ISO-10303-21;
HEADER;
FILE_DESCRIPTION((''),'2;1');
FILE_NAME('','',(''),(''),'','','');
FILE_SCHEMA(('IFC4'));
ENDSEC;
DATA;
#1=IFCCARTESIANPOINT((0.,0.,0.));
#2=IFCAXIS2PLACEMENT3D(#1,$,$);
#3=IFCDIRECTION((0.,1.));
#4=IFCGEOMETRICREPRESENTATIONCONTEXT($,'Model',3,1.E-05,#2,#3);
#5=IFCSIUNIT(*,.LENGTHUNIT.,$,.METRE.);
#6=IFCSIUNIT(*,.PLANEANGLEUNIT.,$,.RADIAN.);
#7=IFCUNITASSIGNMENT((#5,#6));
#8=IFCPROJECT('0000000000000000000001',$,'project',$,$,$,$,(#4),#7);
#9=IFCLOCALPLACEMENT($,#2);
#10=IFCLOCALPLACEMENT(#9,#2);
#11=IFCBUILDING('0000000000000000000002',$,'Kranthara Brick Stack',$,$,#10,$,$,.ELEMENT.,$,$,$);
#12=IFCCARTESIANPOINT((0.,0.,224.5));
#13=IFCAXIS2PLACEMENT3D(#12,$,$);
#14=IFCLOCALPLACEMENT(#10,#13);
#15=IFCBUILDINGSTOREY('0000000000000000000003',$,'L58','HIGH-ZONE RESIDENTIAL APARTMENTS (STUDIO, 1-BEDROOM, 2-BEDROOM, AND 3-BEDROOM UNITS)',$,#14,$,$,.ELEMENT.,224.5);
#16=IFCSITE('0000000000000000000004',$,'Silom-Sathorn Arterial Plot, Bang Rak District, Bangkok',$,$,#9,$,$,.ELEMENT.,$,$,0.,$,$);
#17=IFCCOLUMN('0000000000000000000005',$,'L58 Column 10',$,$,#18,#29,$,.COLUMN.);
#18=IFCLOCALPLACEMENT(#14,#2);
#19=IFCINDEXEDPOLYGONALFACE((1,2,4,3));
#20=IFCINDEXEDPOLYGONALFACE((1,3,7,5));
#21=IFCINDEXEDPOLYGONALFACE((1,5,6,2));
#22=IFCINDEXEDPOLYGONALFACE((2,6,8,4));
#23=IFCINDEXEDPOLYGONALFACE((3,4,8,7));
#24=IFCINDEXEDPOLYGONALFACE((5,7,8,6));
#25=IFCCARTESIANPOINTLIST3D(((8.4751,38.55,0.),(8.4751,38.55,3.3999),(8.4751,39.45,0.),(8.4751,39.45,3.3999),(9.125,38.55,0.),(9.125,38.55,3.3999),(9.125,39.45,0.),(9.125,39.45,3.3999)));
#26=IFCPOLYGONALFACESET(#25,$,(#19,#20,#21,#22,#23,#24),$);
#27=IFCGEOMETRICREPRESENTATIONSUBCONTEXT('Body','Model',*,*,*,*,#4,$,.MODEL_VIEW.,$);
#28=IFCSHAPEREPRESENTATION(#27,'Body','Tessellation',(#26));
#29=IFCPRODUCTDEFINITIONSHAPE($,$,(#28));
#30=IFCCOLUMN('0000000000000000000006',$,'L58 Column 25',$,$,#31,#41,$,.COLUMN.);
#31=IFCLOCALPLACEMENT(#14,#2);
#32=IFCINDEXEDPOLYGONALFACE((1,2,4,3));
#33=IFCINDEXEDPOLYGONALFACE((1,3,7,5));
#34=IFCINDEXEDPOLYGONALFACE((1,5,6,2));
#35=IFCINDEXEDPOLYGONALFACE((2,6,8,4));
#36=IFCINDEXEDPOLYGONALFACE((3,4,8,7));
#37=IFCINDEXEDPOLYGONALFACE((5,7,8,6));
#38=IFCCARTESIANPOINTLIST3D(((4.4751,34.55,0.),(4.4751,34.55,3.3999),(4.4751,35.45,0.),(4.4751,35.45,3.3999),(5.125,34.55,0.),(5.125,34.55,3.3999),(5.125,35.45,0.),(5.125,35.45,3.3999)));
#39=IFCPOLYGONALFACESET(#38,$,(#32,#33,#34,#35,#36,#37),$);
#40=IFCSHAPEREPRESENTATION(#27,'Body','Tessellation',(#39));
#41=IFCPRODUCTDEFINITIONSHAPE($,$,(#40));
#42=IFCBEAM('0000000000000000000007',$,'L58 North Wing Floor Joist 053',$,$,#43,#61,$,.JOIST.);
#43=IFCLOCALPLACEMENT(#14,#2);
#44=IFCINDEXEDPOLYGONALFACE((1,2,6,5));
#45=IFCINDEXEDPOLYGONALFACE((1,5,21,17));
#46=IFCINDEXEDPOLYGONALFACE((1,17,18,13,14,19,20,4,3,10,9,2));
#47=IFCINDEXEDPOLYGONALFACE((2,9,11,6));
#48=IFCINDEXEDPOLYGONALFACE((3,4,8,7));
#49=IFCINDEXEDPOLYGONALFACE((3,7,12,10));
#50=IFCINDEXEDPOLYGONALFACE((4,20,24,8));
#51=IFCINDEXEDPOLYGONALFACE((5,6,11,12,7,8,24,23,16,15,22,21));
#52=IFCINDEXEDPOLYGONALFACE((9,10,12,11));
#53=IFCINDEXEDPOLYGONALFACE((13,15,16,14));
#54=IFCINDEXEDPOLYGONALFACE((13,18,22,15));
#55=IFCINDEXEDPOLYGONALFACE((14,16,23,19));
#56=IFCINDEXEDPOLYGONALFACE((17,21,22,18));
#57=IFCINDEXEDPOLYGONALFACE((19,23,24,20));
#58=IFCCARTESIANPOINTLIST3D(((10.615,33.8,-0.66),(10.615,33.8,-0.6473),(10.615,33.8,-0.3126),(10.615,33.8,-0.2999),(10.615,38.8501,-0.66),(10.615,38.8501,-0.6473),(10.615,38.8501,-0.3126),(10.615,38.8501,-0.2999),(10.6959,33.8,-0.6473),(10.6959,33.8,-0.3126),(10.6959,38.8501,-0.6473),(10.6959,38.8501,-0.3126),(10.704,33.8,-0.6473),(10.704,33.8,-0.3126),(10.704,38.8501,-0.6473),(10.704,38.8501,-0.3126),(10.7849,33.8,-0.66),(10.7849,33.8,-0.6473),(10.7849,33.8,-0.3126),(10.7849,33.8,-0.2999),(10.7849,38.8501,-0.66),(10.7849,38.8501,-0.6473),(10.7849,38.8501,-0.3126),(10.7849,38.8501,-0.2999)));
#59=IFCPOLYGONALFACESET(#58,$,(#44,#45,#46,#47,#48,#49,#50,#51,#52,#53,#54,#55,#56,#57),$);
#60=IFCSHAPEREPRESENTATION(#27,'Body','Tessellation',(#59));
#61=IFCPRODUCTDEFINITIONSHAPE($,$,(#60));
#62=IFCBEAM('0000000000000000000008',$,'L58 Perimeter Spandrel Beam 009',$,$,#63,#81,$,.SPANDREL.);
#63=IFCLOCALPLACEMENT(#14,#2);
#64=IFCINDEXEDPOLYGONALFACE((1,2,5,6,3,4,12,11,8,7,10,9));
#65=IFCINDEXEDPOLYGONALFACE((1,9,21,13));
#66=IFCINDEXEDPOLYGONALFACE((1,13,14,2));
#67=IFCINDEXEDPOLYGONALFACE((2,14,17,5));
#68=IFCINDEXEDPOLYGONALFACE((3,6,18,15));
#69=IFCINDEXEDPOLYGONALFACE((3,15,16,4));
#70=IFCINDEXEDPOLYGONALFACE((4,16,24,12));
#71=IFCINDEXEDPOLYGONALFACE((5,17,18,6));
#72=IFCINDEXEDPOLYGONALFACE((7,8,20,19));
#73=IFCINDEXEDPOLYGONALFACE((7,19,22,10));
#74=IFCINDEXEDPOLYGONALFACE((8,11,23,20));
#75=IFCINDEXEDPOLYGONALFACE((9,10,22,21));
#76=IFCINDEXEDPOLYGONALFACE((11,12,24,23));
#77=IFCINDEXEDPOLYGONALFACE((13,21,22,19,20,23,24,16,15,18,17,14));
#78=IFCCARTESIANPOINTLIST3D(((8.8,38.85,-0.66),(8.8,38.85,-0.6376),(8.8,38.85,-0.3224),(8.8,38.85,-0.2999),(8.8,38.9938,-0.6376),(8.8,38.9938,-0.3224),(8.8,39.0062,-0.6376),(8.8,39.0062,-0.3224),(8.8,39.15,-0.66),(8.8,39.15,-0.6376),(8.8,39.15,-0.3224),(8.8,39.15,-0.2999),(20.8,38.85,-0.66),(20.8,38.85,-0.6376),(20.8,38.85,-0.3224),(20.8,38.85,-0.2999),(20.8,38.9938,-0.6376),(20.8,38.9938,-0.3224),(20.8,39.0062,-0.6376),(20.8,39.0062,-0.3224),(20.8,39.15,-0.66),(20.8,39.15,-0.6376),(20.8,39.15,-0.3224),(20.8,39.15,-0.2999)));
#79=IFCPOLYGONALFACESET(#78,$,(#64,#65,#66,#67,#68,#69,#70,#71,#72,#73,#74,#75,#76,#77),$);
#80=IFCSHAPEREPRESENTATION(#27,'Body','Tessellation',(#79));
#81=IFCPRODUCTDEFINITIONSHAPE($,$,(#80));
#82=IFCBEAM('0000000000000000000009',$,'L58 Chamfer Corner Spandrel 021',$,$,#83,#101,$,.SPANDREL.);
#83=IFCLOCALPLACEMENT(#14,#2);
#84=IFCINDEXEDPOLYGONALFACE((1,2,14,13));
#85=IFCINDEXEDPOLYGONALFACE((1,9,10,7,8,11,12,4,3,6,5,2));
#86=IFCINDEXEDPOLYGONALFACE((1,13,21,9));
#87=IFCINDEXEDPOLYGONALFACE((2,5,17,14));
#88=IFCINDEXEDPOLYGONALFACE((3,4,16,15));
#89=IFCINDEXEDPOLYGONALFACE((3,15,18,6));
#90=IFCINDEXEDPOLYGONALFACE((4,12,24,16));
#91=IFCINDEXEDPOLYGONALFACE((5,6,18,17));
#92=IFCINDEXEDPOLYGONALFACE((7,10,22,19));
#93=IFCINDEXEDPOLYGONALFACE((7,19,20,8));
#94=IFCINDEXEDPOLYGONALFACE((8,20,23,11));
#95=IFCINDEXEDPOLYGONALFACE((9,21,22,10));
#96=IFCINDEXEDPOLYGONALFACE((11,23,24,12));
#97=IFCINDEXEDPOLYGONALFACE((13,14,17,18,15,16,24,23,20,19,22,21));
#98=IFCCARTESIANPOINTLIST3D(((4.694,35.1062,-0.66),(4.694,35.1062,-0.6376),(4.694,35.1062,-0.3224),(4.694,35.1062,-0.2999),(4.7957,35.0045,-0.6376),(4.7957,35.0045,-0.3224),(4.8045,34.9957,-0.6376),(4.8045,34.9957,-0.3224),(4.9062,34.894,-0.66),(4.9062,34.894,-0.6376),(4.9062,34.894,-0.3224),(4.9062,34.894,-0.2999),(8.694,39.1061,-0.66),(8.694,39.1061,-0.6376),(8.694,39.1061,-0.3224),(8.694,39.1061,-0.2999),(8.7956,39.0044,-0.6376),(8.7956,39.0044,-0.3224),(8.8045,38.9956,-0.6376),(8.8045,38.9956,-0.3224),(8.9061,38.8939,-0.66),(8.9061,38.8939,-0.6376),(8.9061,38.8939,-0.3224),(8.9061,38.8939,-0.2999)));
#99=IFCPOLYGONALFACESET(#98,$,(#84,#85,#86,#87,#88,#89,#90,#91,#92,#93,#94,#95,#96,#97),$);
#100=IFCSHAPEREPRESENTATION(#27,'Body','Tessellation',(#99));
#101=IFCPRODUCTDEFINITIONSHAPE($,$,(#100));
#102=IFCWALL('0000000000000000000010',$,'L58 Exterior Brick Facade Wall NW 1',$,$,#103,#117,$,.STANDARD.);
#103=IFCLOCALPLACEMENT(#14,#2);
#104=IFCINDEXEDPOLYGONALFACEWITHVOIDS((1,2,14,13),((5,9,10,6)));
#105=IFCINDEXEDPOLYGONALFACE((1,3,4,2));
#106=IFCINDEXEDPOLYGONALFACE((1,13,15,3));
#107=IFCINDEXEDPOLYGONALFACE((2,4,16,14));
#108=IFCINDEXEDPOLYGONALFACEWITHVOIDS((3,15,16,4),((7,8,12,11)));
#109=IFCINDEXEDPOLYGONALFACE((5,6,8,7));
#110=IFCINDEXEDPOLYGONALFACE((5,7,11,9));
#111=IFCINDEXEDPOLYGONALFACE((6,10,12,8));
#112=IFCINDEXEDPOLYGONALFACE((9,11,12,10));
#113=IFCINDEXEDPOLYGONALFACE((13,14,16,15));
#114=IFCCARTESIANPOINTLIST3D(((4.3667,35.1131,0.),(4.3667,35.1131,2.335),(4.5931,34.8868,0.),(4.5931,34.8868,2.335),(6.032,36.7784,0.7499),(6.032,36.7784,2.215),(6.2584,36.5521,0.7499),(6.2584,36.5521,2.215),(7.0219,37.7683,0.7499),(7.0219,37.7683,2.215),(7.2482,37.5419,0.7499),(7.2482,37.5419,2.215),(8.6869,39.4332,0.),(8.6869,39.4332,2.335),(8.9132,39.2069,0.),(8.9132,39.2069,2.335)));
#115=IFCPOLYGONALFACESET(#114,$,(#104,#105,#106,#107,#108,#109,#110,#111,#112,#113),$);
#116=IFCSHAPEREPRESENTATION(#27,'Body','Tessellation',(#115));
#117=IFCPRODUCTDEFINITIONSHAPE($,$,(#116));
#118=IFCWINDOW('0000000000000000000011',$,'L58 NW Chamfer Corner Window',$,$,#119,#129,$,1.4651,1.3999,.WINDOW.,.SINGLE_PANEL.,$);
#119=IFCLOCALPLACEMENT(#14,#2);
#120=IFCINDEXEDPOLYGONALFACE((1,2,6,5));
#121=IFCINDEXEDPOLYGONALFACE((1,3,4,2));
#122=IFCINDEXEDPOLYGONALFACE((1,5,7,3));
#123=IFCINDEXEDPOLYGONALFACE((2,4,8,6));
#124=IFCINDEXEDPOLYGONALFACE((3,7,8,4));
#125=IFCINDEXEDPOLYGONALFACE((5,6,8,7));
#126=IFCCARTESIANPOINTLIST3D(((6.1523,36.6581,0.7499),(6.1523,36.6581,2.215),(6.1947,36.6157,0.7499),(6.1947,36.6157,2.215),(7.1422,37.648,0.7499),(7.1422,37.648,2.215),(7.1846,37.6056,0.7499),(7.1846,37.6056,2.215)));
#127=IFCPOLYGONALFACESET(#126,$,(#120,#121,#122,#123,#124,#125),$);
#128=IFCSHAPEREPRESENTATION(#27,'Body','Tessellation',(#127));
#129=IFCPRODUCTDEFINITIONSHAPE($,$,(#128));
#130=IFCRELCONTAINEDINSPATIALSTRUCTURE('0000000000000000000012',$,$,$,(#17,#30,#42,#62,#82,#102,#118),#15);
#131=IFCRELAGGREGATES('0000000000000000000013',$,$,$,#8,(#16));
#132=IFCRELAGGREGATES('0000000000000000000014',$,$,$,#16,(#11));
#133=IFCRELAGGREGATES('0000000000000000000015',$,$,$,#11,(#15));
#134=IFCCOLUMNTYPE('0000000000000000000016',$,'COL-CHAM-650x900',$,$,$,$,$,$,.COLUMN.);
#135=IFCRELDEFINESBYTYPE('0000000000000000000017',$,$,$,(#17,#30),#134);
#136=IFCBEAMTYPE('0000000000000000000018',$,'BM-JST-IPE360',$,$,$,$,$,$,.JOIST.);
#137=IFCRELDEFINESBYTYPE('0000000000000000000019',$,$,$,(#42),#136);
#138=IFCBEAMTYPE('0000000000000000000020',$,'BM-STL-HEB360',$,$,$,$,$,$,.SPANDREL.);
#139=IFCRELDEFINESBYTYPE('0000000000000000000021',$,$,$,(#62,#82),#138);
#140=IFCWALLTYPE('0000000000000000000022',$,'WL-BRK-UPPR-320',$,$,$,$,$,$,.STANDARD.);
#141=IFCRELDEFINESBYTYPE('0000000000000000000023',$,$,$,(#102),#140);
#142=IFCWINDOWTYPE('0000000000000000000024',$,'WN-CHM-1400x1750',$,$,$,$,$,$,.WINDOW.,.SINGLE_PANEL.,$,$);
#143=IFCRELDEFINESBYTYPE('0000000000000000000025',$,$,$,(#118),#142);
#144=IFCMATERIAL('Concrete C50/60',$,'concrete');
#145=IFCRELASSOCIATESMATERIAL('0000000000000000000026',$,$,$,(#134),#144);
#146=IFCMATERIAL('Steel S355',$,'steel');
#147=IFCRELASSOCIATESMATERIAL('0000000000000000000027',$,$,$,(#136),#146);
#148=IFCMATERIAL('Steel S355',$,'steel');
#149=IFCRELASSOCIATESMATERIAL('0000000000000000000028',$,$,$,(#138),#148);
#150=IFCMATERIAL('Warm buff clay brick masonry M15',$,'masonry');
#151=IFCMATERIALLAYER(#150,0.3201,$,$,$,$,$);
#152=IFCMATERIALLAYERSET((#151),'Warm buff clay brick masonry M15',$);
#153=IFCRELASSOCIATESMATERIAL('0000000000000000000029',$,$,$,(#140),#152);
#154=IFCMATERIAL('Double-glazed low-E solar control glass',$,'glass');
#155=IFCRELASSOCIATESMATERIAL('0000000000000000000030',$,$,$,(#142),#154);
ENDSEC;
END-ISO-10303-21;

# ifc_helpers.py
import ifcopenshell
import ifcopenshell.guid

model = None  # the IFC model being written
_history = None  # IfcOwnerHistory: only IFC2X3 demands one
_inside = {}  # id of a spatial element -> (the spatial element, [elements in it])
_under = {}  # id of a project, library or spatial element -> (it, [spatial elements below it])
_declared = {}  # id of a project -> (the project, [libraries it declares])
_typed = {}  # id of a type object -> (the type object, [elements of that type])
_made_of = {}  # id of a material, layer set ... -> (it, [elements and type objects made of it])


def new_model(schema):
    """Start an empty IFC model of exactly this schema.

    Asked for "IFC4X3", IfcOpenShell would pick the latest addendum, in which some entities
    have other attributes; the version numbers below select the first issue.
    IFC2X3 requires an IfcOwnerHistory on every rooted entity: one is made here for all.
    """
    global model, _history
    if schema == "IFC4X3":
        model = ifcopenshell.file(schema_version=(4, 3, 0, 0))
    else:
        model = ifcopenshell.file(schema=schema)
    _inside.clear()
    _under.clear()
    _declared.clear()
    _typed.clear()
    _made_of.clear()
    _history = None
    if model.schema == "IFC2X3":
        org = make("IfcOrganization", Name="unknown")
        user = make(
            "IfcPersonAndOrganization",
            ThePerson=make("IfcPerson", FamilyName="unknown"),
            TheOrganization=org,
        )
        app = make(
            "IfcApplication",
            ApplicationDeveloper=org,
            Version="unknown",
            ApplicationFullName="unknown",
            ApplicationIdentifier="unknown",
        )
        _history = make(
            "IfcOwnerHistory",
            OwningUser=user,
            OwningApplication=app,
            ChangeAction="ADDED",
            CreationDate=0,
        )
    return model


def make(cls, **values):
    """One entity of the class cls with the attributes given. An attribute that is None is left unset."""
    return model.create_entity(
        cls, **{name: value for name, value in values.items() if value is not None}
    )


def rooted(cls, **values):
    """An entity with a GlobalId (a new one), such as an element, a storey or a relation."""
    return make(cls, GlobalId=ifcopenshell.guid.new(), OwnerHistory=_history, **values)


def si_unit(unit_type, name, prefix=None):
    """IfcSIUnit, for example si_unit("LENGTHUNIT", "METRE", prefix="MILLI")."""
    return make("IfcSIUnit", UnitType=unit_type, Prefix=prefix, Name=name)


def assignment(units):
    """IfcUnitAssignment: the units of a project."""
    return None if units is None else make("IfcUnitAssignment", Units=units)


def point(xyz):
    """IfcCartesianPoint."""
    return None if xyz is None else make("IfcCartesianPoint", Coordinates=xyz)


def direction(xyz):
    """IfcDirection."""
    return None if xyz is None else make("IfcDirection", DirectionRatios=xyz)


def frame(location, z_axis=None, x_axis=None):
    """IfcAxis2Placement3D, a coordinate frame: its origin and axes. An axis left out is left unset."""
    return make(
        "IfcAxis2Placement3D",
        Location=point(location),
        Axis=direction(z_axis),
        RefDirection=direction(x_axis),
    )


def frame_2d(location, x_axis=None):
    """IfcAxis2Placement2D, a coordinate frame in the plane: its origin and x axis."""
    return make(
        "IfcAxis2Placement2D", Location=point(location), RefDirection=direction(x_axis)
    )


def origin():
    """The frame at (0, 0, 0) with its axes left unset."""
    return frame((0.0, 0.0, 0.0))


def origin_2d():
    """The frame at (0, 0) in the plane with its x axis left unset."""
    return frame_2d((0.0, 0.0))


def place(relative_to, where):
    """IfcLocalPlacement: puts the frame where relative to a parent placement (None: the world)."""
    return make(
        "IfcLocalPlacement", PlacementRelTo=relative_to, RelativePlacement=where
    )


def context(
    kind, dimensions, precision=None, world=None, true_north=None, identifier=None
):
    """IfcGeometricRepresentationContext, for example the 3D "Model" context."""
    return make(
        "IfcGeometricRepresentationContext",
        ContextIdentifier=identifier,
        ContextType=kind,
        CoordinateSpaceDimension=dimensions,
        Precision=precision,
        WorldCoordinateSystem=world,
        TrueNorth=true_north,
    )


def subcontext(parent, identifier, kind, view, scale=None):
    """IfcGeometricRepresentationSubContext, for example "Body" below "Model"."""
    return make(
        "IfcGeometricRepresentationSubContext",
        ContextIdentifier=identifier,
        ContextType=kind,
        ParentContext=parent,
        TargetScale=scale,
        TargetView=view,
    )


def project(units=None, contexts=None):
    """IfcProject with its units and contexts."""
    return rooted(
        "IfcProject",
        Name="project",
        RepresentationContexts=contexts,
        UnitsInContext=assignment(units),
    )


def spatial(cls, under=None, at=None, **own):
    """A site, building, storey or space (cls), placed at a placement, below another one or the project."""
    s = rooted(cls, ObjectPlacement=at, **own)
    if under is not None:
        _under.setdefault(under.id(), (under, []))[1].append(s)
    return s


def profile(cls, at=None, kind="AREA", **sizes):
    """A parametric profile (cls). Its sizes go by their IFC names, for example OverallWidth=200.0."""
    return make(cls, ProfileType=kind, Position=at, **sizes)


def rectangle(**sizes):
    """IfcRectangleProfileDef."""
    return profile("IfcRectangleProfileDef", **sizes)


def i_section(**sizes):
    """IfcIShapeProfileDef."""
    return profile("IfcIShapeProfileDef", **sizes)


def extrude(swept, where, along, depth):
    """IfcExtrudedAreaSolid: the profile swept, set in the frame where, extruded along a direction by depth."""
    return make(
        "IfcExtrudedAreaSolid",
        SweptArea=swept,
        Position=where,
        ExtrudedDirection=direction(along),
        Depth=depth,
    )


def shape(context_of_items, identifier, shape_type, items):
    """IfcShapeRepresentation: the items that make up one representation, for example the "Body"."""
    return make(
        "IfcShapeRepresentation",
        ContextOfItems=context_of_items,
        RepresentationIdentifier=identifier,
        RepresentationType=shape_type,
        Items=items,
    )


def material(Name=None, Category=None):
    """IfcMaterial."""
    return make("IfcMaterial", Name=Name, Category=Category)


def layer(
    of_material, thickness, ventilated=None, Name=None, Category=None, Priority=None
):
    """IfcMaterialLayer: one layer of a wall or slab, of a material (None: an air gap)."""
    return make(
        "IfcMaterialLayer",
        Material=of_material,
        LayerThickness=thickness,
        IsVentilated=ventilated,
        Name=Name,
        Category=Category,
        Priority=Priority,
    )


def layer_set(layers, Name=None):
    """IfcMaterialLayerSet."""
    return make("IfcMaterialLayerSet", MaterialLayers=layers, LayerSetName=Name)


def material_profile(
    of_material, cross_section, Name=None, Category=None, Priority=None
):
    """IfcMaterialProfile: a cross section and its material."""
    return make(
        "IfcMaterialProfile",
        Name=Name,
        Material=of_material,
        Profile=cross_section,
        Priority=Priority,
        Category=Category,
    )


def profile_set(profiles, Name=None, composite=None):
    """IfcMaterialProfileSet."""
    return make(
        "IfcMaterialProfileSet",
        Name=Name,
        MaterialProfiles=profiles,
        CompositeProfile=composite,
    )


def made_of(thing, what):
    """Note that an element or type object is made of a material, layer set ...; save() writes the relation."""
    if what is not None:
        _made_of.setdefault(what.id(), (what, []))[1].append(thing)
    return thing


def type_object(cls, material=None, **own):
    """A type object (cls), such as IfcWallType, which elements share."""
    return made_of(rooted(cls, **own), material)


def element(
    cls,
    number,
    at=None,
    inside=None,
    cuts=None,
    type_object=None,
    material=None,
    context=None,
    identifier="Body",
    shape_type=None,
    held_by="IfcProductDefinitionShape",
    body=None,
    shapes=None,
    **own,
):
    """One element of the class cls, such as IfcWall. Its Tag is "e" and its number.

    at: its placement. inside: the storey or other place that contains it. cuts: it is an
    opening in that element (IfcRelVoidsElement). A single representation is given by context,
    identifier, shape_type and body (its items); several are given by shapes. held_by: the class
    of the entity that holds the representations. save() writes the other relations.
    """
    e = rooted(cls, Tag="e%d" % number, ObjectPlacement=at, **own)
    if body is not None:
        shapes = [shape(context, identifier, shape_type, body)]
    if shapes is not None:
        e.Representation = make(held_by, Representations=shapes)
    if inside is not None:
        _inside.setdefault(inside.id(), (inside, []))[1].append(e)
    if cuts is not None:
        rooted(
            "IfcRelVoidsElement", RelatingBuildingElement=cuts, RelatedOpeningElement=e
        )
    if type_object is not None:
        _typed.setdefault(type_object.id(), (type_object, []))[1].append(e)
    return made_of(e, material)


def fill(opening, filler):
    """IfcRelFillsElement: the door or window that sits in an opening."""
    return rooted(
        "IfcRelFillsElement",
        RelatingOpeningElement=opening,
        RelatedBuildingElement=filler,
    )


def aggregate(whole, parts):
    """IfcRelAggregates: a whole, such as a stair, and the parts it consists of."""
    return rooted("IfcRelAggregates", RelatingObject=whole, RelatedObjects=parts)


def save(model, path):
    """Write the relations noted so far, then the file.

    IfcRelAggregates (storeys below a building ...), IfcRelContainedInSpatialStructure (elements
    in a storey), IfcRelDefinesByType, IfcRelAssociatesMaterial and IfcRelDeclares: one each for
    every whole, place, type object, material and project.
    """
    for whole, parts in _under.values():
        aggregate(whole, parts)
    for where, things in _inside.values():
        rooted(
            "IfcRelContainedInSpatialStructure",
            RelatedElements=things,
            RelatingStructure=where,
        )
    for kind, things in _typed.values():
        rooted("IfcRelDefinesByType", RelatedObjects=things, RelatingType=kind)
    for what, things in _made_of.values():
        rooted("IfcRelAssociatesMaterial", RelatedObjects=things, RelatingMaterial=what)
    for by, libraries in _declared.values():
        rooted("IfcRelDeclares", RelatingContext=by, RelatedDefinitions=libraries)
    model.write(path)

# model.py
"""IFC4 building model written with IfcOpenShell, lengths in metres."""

from ifc_helpers import new_model, si_unit, direction, frame, frame_2d, origin, origin_2d, place, context, subcontext, project, spatial, rectangle, i_section, extrude, material, layer, layer_set, material_profile, profile_set, type_object, element, fill, save


model = new_model("IFC4")

# Units and contexts
model_context = context("Model", 3, precision=1e-05, world=origin(), true_north=direction((0.0, 1.0)))
body_context = subcontext(model_context, "Body", "Model", "MODEL_VIEW")
ifc_project = project(units=[si_unit("LENGTHUNIT", "METRE"), si_unit("PLANEANGLEUNIT", "RADIAN")], contexts=[model_context])

# Site, building, storey
site_placement = place(None, origin())
site = spatial("IfcSite", under=ifc_project, at=site_placement, Name="Silom-Sathorn Arterial Plot, Bang Rak District, Bangkok", CompositionType="ELEMENT", RefElevation=0.0)
building_placement = place(site_placement, origin())
building = spatial("IfcBuilding", under=site, at=building_placement, Name="Kranthara Brick Stack", CompositionType="ELEMENT")
storey_placement = place(building_placement, frame((0.0, 0.0, 224.5)))
storey = spatial("IfcBuildingStorey", under=building, at=storey_placement, Name="L58", Description="HIGH-ZONE RESIDENTIAL APARTMENTS (STUDIO, 1-BEDROOM, 2-BEDROOM, AND 3-BEDROOM UNITS)", CompositionType="ELEMENT", Elevation=224.5)

# Columns
ifc_material_1 = material(Name="Concrete C50/60", Category="concrete")
ifc_material_profile_1 = material_profile(ifc_material_1, rectangle(XDim=0.6499, YDim=0.8999, at=origin_2d()), Name="RC 650x900")
ifc_profile_set_1 = profile_set([ifc_material_profile_1], Name="Concrete C50/60")
column_type = type_object("IfcColumnType", Name="COL-CHAM-650x900", PredefinedType="COLUMN", material=ifc_profile_set_1)
for number, where, z_axis, x_axis, name in (
    (1, (8.8, 39.0, 0.0), (0.0, 0.0, 1.0), (1.0, 0.0, 0.0), "L58 Column 10"),
    (2, (4.8, 35.0, 0.0), (0.0, 0.0, 1.0), (1.0, 0.0, 0.0), "L58 Column 25"),
):
    element("IfcColumn", number, at=place(storey_placement, frame(where, z_axis=z_axis, x_axis=x_axis)), inside=storey, type_object=column_type, Name=name, PredefinedType="COLUMN", context=body_context, shape_type="SweptSolid", body=[
        extrude(rectangle(XDim=0.6499, YDim=0.8999, at=origin_2d()), origin(), (0.0, 0.0, 1.0), 3.3999),
    ])

# Beams
ifc_material_2 = material(Name="Steel S355", Category="steel")
ifc_material_profile_2 = material_profile(ifc_material_2, i_section(OverallWidth=0.1699, OverallDepth=0.3601, WebThickness=0.0081, FlangeThickness=0.0127, at=origin_2d()), Name="IPE 360")
ifc_profile_set_2 = profile_set([ifc_material_profile_2], Name="Steel S355")
beam_type_1 = type_object("IfcBeamType", Name="BM-JST-IPE360", PredefinedType="JOIST", material=ifc_profile_set_2)
beam_1_placement = place(storey_placement, frame((10.7, 33.8, -0.48), z_axis=(0.0, 1.0, 0.0), x_axis=(-1.0, 0.0, 0.0)))
element("IfcBeam", 3, at=beam_1_placement, inside=storey, type_object=beam_type_1, Name="L58 North Wing Floor Joist 053", PredefinedType="JOIST", context=body_context, shape_type="SweptSolid", body=[
    extrude(i_section(OverallWidth=0.1699, OverallDepth=0.3601, WebThickness=0.0081, FlangeThickness=0.0127, at=origin_2d()), origin(), (0.0, 0.0, 1.0), 5.05),
])
ifc_material_3 = material(Name="Steel S355", Category="steel")
ifc_material_profile_3 = material_profile(ifc_material_3, i_section(OverallWidth=0.3, OverallDepth=0.3601, WebThickness=0.0125, FlangeThickness=0.0225, at=origin_2d()), Name="HEB 360")
ifc_profile_set_3 = profile_set([ifc_material_profile_3], Name="Steel S355")
beam_type_2 = type_object("IfcBeamType", Name="BM-STL-HEB360", PredefinedType="SPANDREL", material=ifc_profile_set_3)
beam_2_placement = place(storey_placement, frame((8.8, 39.0, -0.48), z_axis=(1.0, 0.0, 0.0), x_axis=(0.0, 1.0, 0.0)))
element("IfcBeam", 4, at=beam_2_placement, inside=storey, type_object=beam_type_2, Name="L58 Perimeter Spandrel Beam 009", PredefinedType="SPANDREL", context=body_context, shape_type="SweptSolid", body=[
    extrude(i_section(OverallWidth=0.3, OverallDepth=0.3601, WebThickness=0.0125, FlangeThickness=0.0225, at=origin_2d()), origin(), (0.0, 0.0, 1.0), 12.0),
])
beam_3_placement = place(storey_placement, frame((8.8, 39.0, -0.48), z_axis=(-0.707107, -0.707107, 0.0), x_axis=(0.707107, -0.707107, 0.0)))
element("IfcBeam", 5, at=beam_3_placement, inside=storey, type_object=beam_type_2, Name="L58 Chamfer Corner Spandrel 021", PredefinedType="SPANDREL", context=body_context, shape_type="SweptSolid", body=[
    extrude(i_section(OverallWidth=0.3, OverallDepth=0.3601, WebThickness=0.0125, FlangeThickness=0.0225, at=origin_2d()), origin(), (0.0, 0.0, 1.0), 5.6567),
])

# Wall, opening, window
ifc_material_4 = material(Name="Warm buff clay brick masonry M15", Category="masonry")
ifc_layer_1 = layer(ifc_material_4, 0.3201)
ifc_layer_set_1 = layer_set([ifc_layer_1], Name="Warm buff clay brick masonry M15")
wall_type_1 = type_object("IfcWallType", Name="WL-BRK-UPPR-320", PredefinedType="STANDARD", material=ifc_layer_set_1)
wall_1_placement = place(storey_placement, frame((4.48, 35.0, 0.0), z_axis=(0.0, 0.0, 1.0), x_axis=(0.707107, 0.707107, 0.0)))
wall_1 = element("IfcWall", 6, at=wall_1_placement, inside=storey, type_object=wall_type_1, Name="L58 Exterior Brick Facade Wall NW 1", PredefinedType="STANDARD", context=body_context, shape_type="SweptSolid", body=[
    extrude(rectangle(XDim=6.1096, YDim=0.3201, at=frame_2d((3.0547, 0.0))), origin(), (0.0, 0.0, 1.0), 2.335),
])
opening_1_placement = place(wall_1_placement, frame((2.355, 0.0, 0.75)))
opening_1 = element("IfcOpeningElement", 7, at=opening_1_placement, cuts=wall_1, PredefinedType="OPENING", context=body_context, shape_type="SweptSolid", body=[
    extrude(rectangle(XDim=1.3999, YDim=1.4651, at=frame_2d((0.7, 0.7324))), frame((0.0, 0.1699, 0.0), z_axis=(0.0, -1.0, 0.0), x_axis=(1.0, 0.0, 0.0)), (0.0, 0.0, 1.0), 0.3401),
])
ifc_material_5 = material(Name="Double-glazed low-E solar control glass", Category="glass")
window_type_1 = type_object("IfcWindowType", Name="WN-CHM-1400x1750", PartitioningType="SINGLE_PANEL", PredefinedType="WINDOW", material=ifc_material_5)
window_1_placement = place(opening_1_placement, origin())
window_1 = element("IfcWindow", 8, at=window_1_placement, inside=storey, type_object=window_type_1, Name="L58 NW Chamfer Corner Window", OverallHeight=1.4651, OverallWidth=1.3999, PartitioningType="SINGLE_PANEL", PredefinedType="WINDOW", context=body_context, shape_type="SweptSolid", body=[
    extrude(rectangle(XDim=1.3999, YDim=1.4651, at=frame_2d((0.7, 0.7324))), frame((0.0, -0.01, 0.0), z_axis=(0.0, -1.0, 0.0), x_axis=(1.0, 0.0, 0.0)), (0.0, 0.0, 1.0), 0.0601),
])
fill(opening_1, window_1)

save(model, "model.ifc")
